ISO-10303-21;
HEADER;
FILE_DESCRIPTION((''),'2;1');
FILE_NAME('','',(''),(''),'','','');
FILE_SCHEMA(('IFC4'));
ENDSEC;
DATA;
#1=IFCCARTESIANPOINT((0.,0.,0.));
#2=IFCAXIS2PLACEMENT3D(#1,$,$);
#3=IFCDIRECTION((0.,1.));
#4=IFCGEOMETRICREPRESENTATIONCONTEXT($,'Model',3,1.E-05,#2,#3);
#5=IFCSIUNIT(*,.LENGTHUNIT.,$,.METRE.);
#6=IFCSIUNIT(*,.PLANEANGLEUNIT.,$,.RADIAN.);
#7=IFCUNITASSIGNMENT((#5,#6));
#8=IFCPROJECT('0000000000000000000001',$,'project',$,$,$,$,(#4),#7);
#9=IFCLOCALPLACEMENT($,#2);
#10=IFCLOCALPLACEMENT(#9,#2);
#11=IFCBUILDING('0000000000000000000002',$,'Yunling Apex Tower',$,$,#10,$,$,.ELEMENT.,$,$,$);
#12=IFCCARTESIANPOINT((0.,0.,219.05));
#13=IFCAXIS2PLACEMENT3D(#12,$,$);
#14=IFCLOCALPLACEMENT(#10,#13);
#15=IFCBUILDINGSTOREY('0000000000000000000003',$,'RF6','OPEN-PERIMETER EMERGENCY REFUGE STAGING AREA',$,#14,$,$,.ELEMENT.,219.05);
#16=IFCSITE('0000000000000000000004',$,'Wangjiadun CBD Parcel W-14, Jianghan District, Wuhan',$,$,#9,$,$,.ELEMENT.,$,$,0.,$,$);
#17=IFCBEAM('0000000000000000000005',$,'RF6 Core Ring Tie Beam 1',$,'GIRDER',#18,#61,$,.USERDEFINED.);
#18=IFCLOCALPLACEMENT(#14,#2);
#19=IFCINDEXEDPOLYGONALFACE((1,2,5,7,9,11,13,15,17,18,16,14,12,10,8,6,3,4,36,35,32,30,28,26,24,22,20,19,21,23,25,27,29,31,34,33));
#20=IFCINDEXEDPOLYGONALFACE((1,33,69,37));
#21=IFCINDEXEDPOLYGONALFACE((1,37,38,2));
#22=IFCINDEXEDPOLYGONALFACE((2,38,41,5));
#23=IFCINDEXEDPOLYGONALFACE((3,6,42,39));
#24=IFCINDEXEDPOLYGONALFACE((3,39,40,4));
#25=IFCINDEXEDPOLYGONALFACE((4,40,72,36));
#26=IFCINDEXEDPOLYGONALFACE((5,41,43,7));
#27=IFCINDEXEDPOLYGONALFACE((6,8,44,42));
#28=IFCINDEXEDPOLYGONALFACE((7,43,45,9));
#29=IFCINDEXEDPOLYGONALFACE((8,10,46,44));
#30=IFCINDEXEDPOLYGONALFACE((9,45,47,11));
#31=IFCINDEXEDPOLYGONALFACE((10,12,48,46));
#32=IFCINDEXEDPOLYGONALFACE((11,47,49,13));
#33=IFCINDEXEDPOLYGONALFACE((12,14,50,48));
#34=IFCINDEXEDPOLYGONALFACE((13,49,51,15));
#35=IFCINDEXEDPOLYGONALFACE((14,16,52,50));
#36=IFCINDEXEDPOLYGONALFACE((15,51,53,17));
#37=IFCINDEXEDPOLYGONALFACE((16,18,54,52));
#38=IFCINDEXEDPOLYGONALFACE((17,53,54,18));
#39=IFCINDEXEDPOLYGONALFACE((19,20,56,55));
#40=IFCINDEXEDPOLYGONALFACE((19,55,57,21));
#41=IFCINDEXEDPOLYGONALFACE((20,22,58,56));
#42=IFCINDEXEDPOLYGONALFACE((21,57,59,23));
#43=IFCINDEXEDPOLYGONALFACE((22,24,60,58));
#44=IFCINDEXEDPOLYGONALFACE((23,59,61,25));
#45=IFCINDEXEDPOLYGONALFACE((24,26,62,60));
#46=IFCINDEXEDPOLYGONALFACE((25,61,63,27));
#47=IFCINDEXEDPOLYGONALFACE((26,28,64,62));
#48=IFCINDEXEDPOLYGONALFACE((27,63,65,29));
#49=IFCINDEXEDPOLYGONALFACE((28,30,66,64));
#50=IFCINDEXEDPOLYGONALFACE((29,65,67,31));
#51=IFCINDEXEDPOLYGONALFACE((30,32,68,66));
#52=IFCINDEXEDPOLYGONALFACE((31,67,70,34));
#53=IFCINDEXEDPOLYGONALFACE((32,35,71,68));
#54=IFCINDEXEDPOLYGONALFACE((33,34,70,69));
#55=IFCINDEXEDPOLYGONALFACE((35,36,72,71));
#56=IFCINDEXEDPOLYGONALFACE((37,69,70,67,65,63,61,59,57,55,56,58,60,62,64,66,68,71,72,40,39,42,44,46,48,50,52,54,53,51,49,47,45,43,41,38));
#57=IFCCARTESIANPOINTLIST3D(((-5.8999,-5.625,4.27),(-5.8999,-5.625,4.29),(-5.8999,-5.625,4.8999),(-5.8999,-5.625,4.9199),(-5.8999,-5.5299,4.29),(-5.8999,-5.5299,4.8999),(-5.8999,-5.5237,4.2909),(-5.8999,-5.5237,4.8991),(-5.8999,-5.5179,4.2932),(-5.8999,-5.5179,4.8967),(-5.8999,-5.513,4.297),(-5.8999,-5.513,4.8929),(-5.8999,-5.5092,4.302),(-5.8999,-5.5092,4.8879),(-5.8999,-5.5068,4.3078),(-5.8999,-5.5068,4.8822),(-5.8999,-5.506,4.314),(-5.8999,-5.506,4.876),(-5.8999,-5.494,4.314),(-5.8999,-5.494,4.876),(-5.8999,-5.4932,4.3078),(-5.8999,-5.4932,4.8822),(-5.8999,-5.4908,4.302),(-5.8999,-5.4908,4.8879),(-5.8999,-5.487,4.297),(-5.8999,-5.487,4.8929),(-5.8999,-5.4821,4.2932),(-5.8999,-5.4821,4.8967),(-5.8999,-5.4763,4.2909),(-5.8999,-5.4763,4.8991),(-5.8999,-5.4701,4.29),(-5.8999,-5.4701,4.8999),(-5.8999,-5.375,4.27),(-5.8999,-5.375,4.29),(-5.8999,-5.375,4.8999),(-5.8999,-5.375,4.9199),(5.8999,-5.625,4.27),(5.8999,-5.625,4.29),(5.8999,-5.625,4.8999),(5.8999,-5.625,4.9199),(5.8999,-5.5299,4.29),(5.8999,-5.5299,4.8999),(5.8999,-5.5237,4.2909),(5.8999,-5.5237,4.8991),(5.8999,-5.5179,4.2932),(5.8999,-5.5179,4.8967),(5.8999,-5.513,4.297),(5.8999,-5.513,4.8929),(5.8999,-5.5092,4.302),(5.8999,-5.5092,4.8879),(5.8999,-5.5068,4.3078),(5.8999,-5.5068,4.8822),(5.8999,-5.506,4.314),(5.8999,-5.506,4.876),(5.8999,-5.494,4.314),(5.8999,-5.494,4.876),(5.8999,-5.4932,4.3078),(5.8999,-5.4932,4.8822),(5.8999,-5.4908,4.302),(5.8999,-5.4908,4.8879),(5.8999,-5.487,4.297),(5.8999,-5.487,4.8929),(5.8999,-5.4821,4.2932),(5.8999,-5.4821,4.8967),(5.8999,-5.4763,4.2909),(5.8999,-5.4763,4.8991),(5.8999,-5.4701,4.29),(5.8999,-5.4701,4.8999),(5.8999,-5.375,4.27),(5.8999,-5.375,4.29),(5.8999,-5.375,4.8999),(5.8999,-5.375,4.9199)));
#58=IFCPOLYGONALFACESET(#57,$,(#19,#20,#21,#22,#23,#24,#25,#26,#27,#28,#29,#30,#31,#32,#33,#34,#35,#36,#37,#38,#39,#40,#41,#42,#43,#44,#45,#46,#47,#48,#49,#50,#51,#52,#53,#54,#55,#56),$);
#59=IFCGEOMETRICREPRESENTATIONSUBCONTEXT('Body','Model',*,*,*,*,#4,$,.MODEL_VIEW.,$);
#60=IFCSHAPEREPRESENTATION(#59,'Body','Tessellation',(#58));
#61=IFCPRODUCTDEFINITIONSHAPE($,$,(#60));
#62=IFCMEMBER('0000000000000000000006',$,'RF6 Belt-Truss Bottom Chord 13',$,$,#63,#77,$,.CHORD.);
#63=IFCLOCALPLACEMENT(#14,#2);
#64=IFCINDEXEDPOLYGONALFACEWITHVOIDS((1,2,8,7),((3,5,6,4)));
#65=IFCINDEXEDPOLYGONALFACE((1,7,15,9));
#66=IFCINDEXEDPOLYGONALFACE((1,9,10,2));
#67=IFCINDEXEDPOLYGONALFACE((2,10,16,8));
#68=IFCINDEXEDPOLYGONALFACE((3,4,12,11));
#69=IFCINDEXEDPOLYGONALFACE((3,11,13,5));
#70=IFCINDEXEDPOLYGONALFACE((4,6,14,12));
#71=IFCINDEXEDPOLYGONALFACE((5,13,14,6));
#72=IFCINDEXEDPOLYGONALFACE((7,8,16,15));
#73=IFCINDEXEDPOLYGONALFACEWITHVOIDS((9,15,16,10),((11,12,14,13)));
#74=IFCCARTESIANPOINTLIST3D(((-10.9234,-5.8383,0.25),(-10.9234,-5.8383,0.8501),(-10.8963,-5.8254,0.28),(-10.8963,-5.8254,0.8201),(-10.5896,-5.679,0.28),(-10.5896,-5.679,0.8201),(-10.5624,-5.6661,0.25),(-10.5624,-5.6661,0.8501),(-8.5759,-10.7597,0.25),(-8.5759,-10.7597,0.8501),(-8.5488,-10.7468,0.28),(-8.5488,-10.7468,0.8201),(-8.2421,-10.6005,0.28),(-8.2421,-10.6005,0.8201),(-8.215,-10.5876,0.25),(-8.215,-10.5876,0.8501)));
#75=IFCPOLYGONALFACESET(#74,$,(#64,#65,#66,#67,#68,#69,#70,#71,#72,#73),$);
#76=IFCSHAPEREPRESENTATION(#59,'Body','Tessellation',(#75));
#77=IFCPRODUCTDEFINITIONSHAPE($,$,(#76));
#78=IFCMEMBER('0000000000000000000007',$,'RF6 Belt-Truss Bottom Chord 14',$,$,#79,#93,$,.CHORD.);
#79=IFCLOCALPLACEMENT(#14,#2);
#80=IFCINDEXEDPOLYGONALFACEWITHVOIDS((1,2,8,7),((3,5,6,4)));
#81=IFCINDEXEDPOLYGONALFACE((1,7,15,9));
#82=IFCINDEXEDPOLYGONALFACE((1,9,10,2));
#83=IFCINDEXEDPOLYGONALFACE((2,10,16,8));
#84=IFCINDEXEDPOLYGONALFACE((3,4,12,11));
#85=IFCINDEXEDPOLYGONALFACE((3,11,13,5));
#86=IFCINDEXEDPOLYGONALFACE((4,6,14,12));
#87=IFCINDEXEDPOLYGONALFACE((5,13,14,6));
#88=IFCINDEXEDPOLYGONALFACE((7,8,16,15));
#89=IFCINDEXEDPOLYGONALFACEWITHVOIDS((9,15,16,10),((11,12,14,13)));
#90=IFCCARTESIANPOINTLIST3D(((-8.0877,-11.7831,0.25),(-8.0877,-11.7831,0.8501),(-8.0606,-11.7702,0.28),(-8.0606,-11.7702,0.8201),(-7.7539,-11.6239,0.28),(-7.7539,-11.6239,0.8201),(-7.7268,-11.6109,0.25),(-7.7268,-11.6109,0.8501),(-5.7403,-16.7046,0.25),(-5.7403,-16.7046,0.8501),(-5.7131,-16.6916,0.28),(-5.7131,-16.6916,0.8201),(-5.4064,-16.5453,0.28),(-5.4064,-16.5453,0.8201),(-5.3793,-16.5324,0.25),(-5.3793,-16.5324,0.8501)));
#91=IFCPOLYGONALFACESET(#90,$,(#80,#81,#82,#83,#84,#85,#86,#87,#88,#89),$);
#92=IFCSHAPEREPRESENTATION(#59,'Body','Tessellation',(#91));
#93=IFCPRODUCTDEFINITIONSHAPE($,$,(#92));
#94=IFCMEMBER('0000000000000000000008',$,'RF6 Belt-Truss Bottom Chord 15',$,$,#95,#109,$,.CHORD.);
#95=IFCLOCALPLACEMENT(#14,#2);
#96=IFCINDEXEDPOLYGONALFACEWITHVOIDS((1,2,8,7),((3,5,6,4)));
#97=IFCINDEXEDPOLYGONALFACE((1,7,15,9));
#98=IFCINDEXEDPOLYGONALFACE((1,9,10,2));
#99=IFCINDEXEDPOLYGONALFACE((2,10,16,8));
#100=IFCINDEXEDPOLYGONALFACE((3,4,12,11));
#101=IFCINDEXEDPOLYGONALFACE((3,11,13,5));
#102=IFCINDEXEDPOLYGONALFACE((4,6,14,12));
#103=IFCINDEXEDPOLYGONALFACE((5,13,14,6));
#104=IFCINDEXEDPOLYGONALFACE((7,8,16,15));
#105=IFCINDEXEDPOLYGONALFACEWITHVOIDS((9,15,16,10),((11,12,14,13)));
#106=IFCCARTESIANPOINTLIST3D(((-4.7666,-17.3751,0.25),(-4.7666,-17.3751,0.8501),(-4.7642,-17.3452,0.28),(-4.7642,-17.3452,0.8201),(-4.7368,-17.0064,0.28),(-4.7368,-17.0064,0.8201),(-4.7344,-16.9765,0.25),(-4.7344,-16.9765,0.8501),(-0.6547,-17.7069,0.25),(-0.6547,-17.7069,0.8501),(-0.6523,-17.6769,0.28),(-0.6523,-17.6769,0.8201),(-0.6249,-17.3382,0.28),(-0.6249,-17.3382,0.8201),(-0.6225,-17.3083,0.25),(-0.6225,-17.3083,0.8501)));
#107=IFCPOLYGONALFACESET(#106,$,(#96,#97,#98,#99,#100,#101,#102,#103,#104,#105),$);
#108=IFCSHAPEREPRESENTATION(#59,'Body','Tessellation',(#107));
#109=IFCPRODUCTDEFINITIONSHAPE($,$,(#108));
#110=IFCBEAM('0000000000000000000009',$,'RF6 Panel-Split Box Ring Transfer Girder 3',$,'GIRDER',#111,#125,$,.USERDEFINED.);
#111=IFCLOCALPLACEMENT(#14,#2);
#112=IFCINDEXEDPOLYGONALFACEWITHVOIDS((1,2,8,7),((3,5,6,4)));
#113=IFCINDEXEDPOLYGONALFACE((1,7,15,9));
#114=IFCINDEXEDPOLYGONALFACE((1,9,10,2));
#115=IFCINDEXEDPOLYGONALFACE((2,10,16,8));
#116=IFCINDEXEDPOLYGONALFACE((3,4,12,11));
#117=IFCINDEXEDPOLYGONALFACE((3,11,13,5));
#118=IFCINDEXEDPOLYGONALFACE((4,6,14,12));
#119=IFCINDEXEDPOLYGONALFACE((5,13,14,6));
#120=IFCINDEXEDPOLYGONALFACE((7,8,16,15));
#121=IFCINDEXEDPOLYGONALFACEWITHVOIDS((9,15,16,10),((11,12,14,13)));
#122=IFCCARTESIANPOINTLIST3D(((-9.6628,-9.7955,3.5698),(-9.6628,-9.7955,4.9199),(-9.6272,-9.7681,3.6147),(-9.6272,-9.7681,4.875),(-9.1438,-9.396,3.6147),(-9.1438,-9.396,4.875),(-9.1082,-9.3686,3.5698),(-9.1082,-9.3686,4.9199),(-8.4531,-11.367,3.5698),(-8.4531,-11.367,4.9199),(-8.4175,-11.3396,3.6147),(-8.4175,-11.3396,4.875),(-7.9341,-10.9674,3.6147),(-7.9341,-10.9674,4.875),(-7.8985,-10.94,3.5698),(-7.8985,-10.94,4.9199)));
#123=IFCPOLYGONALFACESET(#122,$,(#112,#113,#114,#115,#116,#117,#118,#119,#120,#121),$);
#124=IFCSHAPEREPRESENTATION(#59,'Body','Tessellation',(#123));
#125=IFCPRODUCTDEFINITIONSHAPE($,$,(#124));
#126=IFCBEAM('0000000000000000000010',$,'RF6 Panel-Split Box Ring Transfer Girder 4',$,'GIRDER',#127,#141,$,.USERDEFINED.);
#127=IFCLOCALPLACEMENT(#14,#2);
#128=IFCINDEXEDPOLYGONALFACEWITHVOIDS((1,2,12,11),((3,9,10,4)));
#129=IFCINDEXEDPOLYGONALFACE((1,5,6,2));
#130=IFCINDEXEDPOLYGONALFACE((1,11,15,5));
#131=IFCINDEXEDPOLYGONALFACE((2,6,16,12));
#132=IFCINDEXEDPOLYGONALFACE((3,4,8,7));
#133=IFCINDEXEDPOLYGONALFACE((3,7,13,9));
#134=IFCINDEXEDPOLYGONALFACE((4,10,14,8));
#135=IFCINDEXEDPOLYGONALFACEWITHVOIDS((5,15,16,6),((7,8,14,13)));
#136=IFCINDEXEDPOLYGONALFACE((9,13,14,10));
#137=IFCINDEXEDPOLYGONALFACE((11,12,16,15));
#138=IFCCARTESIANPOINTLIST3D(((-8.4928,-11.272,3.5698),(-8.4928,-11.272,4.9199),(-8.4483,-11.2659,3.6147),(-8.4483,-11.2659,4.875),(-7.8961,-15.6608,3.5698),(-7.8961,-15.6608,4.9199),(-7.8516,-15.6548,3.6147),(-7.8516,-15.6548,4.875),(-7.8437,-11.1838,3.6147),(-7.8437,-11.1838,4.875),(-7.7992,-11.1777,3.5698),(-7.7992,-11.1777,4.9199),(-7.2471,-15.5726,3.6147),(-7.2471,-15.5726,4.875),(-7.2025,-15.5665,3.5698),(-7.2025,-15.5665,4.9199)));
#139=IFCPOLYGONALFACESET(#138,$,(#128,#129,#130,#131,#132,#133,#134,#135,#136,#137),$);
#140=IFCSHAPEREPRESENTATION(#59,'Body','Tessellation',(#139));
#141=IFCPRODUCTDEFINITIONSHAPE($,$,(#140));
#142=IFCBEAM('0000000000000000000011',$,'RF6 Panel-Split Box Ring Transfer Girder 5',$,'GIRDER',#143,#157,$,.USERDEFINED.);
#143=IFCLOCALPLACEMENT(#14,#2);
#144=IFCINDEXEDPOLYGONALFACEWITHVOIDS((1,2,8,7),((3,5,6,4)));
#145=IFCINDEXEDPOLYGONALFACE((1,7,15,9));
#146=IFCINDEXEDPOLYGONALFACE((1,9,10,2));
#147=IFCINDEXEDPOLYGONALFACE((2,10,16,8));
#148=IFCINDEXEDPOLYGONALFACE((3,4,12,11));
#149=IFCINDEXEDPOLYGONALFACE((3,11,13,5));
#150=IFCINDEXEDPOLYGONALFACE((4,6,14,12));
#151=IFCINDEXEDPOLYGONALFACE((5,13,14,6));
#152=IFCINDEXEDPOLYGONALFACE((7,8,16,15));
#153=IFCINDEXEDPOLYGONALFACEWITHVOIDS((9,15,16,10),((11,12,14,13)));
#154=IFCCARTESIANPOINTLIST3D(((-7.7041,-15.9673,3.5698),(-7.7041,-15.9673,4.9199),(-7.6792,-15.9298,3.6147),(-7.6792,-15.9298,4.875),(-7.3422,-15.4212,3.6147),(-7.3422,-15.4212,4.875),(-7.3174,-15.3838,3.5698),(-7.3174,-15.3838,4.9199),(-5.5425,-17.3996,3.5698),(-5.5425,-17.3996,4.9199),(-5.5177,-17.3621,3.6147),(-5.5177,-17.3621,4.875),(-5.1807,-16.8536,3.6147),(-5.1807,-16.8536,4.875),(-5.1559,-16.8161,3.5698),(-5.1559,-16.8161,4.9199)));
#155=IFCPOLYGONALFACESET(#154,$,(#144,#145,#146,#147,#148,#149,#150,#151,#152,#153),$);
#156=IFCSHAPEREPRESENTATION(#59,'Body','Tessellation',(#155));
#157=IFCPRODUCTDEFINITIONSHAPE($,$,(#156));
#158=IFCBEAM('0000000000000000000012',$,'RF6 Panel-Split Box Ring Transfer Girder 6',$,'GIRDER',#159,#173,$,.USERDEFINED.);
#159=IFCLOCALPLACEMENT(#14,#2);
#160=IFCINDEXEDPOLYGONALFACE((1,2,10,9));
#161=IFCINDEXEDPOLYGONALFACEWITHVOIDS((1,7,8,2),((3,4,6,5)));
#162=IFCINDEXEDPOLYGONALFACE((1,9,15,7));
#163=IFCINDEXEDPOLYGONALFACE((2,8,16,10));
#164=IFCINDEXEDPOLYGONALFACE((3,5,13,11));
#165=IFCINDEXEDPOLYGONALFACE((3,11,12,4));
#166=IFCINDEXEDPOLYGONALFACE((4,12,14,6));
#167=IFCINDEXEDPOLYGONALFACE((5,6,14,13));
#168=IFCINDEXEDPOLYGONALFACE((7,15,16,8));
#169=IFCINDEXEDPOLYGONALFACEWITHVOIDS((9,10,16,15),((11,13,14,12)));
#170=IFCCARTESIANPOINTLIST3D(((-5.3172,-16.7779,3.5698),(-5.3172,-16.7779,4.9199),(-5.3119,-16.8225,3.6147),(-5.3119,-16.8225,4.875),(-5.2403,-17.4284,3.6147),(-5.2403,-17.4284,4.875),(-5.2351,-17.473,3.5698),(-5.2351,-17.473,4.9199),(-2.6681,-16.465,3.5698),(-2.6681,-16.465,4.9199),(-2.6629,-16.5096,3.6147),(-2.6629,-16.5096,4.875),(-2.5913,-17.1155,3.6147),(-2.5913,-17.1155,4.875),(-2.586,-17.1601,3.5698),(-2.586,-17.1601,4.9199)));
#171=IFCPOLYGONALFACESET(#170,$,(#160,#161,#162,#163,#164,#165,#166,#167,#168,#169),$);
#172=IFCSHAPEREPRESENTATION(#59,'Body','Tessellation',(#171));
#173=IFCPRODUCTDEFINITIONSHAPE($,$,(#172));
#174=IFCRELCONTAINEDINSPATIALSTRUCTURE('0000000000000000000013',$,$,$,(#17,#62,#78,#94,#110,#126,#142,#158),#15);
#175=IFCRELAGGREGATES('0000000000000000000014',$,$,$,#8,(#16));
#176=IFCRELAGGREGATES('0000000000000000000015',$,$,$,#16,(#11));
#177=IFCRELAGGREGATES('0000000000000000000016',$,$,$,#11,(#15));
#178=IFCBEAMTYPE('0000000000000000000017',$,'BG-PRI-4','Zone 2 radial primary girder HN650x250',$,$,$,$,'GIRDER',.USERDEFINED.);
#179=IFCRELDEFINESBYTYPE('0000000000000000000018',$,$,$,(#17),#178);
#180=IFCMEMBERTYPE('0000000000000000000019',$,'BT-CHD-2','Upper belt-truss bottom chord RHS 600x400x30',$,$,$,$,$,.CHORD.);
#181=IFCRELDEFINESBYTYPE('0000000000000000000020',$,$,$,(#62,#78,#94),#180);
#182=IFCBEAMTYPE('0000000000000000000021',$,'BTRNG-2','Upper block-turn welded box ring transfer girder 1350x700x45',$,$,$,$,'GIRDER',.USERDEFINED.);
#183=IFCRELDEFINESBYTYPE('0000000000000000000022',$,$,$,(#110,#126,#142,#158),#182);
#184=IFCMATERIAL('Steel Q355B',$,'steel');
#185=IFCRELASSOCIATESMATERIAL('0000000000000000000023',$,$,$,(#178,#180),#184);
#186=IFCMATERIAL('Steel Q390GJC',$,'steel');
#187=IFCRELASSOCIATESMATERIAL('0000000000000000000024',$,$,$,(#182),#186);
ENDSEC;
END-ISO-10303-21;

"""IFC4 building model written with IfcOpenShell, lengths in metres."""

from ifc_helpers import new_model, si_unit, direction, frame, origin, origin_2d, place, context, subcontext, project, spatial, hollow_rectangle, i_section, extrude, source, transform, mapped, material, material_profile, profile_set, type_object, element, save


model = new_model("IFC4")

# Units and contexts
model_context = context("Model", 3, precision=1e-05, world=origin(), true_north=direction((0.0, 1.0)))
body_context = subcontext(model_context, "Body", "Model", "MODEL_VIEW")
ifc_project = project(units=[si_unit("LENGTHUNIT", "METRE"), si_unit("PLANEANGLEUNIT", "RADIAN")], contexts=[model_context])

# Site, building, storey
site_placement = place(None, origin())
site = spatial("IfcSite", under=ifc_project, at=site_placement, Name="Wangjiadun CBD Parcel W-14, Jianghan District, Wuhan", CompositionType="ELEMENT", RefElevation=0.0)
building_placement = place(site_placement, origin())
building = spatial("IfcBuilding", under=site, at=building_placement, Name="Yunling Apex Tower", CompositionType="ELEMENT")
storey_placement = place(building_placement, frame((0.0, 0.0, 219.05)))
storey = spatial("IfcBuildingStorey", under=building, at=storey_placement, Name="RF6", Description="OPEN-PERIMETER EMERGENCY REFUGE STAGING AREA", CompositionType="ELEMENT", Elevation=219.05)

# Shared definitions
ifc_material_1 = material(Name="Steel Q390GJC", Category="steel")

# Beam
ifc_material_2 = material(Name="Steel Q355B", Category="steel")
ifc_material_profile_1 = material_profile(ifc_material_2, i_section(OverallWidth=0.25, OverallDepth=0.6499, WebThickness=0.012, FlangeThickness=0.02, FilletRadius=0.0239, at=origin_2d()))
ifc_profile_set_1 = profile_set([ifc_material_profile_1], Name="Steel Q355B")
beam_type_1 = type_object("IfcBeamType", Name="BG-PRI-4", Description="Zone 2 radial primary girder HN650x250", ElementType="GIRDER", PredefinedType="USERDEFINED", material=ifc_profile_set_1)
shared_shape_1 = source(origin(), body_context, "Body", "SweptSolid", [
    extrude(i_section(OverallWidth=0.25, OverallDepth=0.6499, WebThickness=0.012, FlangeThickness=0.02, FilletRadius=0.0239, at=origin_2d()), origin(), (0.0, 0.0, 1.0), 11.7998),
])
beam_1_placement = place(storey_placement, frame((-5.8999, -5.5, 4.595), z_axis=(1.0, 0.0, 0.0), x_axis=(0.0, 1.0, 0.0)))
element("IfcBeam", 1, at=beam_1_placement, inside=storey, type_object=beam_type_1, Name="RF6 Core Ring Tie Beam 1", ObjectType="GIRDER", PredefinedType="USERDEFINED", context=body_context, shape_type="MappedRepresentation", body=[
    mapped(shared_shape_1, transform((0.0, 0.0, 0.0), scale=1.0)),
])

# Members
ifc_material_profile_2 = material_profile(ifc_material_2, hollow_rectangle(XDim=0.3999, YDim=0.6001, WallThickness=0.03, at=origin_2d()))
ifc_profile_set_2 = profile_set([ifc_material_profile_2], Name="Steel Q355B")
member_type_1 = type_object("IfcMemberType", Name="BT-CHD-2", Description="Upper belt-truss bottom chord RHS 600x400x30", PredefinedType="CHORD", material=ifc_profile_set_2)
shared_shape_2 = source(origin(), body_context, "Body", "SweptSolid", [
    extrude(hollow_rectangle(XDim=0.3999, YDim=0.6001, WallThickness=0.03, at=origin_2d()), origin(), (0.0, 0.0, 1.0), 5.4526),
])
for number, where, z_axis, x_axis, name in (
    (2, (-10.7429, -5.7522, 0.55), (0.430516, -0.902583, 0.0), (0.902583, 0.430516, 0.0), "RF6 Belt-Truss Bottom Chord 13"),
    (3, (-7.9072, -11.697, 0.55), (0.430516, -0.902583, 0.0), (0.902583, 0.430516, 0.0), "RF6 Belt-Truss Bottom Chord 14"),
):
    element("IfcMember", number, at=place(storey_placement, frame(where, z_axis=z_axis, x_axis=x_axis)), inside=storey, type_object=member_type_1, Name=name, PredefinedType="CHORD", context=body_context, shape_type="MappedRepresentation", body=[
        mapped(shared_shape_2, transform((0.0, 0.0, 0.0), scale=1.0)),
    ])
shared_shape_3 = source(origin(), body_context, "Body", "SweptSolid", [
    extrude(hollow_rectangle(XDim=0.3999, YDim=0.6001, WallThickness=0.03, at=origin_2d()), origin(), (0.0, 0.0, 1.0), 4.1252),
])
member_1_placement = place(storey_placement, frame((-4.7505, -17.1758, 0.55), z_axis=(0.99676, -0.08043, 0.0), x_axis=(0.08043, 0.99676, 0.0)))
element("IfcMember", 4, at=member_1_placement, inside=storey, type_object=member_type_1, Name="RF6 Belt-Truss Bottom Chord 15", PredefinedType="CHORD", context=body_context, shape_type="MappedRepresentation", body=[
    mapped(shared_shape_3, transform((0.0, 0.0, 0.0), scale=1.0)),
])

# Beams
ifc_material_profile_3 = material_profile(ifc_material_1, hollow_rectangle(XDim=0.7, YDim=1.3501, WallThickness=0.0449, at=origin_2d()))
ifc_profile_set_3 = profile_set([ifc_material_profile_3], Name="Steel Q390GJC")
beam_type_2 = type_object("IfcBeamType", Name="BTRNG-2", Description="Upper block-turn welded box ring transfer girder 1350x700x45", ElementType="GIRDER", PredefinedType="USERDEFINED", material=ifc_profile_set_3)
shared_shape_4 = source(origin(), body_context, "Body", "SweptSolid", [
    extrude(hollow_rectangle(XDim=0.7, YDim=1.3501, WallThickness=0.0449, at=origin_2d()), origin(), (0.0, 0.0, 1.0), 1.9832),
])
beam_2_placement = place(storey_placement, frame((-9.3855, -9.582, 4.2449), z_axis=(0.609978, -0.792418, 0.0), x_axis=(0.792418, 0.609978, 0.0)))
element("IfcBeam", 5, at=beam_2_placement, inside=storey, type_object=beam_type_2, Name="RF6 Panel-Split Box Ring Transfer Girder 3", ObjectType="GIRDER", PredefinedType="USERDEFINED", context=body_context, shape_type="MappedRepresentation", body=[
    mapped(shared_shape_4, transform((0.0, 0.0, 0.0), scale=1.0)),
])
shared_shape_5 = source(origin(), body_context, "Body", "SweptSolid", [
    extrude(hollow_rectangle(XDim=0.7, YDim=1.3501, WallThickness=0.0449, at=origin_2d()), origin(), (0.0, 0.0, 1.0), 4.4292),
])
beam_3_placement = place(storey_placement, frame((-8.146, -11.2249, 4.2449), z_axis=(0.134712, -0.990885, 0.0), x_axis=(0.990885, 0.134712, 0.0)))
element("IfcBeam", 6, at=beam_3_placement, inside=storey, type_object=beam_type_2, Name="RF6 Panel-Split Box Ring Transfer Girder 4", ObjectType="GIRDER", PredefinedType="USERDEFINED", context=body_context, shape_type="MappedRepresentation", body=[
    mapped(shared_shape_5, transform((0.0, 0.0, 0.0), scale=1.0)),
])
shared_shape_6 = source(origin(), body_context, "Body", "SweptSolid", [
    extrude(hollow_rectangle(XDim=0.7, YDim=1.3501, WallThickness=0.0449, at=origin_2d()), origin(), (0.0, 0.0, 1.0), 2.593),
])
beam_4_placement = place(storey_placement, frame((-7.5107, -15.6755, 4.2449), z_axis=(0.833597, -0.552373, 0.0), x_axis=(0.552373, 0.833597, 0.0)))
element("IfcBeam", 7, at=beam_4_placement, inside=storey, type_object=beam_type_2, Name="RF6 Panel-Split Box Ring Transfer Girder 5", ObjectType="GIRDER", PredefinedType="USERDEFINED", context=body_context, shape_type="MappedRepresentation", body=[
    mapped(shared_shape_6, transform((0.0, 0.0, 0.0), scale=1.0)),
])
shared_shape_7 = source(origin(), body_context, "Body", "SweptSolid", [
    extrude(hollow_rectangle(XDim=0.7, YDim=1.3501, WallThickness=0.0449, at=origin_2d()), origin(), (0.0, 0.0, 1.0), 2.6675),
])
beam_5_placement = place(storey_placement, frame((-5.2761, -17.1255, 4.2449), z_axis=(0.993093, 0.11733, 0.0), x_axis=(-0.11733, 0.993093, 0.0)))
element("IfcBeam", 8, at=beam_5_placement, inside=storey, type_object=beam_type_2, Name="RF6 Panel-Split Box Ring Transfer Girder 6", ObjectType="GIRDER", PredefinedType="USERDEFINED", context=body_context, shape_type="MappedRepresentation", body=[
    mapped(shared_shape_7, transform((0.0, 0.0, 0.0), scale=1.0)),
])

save(model, "model.ifc")
